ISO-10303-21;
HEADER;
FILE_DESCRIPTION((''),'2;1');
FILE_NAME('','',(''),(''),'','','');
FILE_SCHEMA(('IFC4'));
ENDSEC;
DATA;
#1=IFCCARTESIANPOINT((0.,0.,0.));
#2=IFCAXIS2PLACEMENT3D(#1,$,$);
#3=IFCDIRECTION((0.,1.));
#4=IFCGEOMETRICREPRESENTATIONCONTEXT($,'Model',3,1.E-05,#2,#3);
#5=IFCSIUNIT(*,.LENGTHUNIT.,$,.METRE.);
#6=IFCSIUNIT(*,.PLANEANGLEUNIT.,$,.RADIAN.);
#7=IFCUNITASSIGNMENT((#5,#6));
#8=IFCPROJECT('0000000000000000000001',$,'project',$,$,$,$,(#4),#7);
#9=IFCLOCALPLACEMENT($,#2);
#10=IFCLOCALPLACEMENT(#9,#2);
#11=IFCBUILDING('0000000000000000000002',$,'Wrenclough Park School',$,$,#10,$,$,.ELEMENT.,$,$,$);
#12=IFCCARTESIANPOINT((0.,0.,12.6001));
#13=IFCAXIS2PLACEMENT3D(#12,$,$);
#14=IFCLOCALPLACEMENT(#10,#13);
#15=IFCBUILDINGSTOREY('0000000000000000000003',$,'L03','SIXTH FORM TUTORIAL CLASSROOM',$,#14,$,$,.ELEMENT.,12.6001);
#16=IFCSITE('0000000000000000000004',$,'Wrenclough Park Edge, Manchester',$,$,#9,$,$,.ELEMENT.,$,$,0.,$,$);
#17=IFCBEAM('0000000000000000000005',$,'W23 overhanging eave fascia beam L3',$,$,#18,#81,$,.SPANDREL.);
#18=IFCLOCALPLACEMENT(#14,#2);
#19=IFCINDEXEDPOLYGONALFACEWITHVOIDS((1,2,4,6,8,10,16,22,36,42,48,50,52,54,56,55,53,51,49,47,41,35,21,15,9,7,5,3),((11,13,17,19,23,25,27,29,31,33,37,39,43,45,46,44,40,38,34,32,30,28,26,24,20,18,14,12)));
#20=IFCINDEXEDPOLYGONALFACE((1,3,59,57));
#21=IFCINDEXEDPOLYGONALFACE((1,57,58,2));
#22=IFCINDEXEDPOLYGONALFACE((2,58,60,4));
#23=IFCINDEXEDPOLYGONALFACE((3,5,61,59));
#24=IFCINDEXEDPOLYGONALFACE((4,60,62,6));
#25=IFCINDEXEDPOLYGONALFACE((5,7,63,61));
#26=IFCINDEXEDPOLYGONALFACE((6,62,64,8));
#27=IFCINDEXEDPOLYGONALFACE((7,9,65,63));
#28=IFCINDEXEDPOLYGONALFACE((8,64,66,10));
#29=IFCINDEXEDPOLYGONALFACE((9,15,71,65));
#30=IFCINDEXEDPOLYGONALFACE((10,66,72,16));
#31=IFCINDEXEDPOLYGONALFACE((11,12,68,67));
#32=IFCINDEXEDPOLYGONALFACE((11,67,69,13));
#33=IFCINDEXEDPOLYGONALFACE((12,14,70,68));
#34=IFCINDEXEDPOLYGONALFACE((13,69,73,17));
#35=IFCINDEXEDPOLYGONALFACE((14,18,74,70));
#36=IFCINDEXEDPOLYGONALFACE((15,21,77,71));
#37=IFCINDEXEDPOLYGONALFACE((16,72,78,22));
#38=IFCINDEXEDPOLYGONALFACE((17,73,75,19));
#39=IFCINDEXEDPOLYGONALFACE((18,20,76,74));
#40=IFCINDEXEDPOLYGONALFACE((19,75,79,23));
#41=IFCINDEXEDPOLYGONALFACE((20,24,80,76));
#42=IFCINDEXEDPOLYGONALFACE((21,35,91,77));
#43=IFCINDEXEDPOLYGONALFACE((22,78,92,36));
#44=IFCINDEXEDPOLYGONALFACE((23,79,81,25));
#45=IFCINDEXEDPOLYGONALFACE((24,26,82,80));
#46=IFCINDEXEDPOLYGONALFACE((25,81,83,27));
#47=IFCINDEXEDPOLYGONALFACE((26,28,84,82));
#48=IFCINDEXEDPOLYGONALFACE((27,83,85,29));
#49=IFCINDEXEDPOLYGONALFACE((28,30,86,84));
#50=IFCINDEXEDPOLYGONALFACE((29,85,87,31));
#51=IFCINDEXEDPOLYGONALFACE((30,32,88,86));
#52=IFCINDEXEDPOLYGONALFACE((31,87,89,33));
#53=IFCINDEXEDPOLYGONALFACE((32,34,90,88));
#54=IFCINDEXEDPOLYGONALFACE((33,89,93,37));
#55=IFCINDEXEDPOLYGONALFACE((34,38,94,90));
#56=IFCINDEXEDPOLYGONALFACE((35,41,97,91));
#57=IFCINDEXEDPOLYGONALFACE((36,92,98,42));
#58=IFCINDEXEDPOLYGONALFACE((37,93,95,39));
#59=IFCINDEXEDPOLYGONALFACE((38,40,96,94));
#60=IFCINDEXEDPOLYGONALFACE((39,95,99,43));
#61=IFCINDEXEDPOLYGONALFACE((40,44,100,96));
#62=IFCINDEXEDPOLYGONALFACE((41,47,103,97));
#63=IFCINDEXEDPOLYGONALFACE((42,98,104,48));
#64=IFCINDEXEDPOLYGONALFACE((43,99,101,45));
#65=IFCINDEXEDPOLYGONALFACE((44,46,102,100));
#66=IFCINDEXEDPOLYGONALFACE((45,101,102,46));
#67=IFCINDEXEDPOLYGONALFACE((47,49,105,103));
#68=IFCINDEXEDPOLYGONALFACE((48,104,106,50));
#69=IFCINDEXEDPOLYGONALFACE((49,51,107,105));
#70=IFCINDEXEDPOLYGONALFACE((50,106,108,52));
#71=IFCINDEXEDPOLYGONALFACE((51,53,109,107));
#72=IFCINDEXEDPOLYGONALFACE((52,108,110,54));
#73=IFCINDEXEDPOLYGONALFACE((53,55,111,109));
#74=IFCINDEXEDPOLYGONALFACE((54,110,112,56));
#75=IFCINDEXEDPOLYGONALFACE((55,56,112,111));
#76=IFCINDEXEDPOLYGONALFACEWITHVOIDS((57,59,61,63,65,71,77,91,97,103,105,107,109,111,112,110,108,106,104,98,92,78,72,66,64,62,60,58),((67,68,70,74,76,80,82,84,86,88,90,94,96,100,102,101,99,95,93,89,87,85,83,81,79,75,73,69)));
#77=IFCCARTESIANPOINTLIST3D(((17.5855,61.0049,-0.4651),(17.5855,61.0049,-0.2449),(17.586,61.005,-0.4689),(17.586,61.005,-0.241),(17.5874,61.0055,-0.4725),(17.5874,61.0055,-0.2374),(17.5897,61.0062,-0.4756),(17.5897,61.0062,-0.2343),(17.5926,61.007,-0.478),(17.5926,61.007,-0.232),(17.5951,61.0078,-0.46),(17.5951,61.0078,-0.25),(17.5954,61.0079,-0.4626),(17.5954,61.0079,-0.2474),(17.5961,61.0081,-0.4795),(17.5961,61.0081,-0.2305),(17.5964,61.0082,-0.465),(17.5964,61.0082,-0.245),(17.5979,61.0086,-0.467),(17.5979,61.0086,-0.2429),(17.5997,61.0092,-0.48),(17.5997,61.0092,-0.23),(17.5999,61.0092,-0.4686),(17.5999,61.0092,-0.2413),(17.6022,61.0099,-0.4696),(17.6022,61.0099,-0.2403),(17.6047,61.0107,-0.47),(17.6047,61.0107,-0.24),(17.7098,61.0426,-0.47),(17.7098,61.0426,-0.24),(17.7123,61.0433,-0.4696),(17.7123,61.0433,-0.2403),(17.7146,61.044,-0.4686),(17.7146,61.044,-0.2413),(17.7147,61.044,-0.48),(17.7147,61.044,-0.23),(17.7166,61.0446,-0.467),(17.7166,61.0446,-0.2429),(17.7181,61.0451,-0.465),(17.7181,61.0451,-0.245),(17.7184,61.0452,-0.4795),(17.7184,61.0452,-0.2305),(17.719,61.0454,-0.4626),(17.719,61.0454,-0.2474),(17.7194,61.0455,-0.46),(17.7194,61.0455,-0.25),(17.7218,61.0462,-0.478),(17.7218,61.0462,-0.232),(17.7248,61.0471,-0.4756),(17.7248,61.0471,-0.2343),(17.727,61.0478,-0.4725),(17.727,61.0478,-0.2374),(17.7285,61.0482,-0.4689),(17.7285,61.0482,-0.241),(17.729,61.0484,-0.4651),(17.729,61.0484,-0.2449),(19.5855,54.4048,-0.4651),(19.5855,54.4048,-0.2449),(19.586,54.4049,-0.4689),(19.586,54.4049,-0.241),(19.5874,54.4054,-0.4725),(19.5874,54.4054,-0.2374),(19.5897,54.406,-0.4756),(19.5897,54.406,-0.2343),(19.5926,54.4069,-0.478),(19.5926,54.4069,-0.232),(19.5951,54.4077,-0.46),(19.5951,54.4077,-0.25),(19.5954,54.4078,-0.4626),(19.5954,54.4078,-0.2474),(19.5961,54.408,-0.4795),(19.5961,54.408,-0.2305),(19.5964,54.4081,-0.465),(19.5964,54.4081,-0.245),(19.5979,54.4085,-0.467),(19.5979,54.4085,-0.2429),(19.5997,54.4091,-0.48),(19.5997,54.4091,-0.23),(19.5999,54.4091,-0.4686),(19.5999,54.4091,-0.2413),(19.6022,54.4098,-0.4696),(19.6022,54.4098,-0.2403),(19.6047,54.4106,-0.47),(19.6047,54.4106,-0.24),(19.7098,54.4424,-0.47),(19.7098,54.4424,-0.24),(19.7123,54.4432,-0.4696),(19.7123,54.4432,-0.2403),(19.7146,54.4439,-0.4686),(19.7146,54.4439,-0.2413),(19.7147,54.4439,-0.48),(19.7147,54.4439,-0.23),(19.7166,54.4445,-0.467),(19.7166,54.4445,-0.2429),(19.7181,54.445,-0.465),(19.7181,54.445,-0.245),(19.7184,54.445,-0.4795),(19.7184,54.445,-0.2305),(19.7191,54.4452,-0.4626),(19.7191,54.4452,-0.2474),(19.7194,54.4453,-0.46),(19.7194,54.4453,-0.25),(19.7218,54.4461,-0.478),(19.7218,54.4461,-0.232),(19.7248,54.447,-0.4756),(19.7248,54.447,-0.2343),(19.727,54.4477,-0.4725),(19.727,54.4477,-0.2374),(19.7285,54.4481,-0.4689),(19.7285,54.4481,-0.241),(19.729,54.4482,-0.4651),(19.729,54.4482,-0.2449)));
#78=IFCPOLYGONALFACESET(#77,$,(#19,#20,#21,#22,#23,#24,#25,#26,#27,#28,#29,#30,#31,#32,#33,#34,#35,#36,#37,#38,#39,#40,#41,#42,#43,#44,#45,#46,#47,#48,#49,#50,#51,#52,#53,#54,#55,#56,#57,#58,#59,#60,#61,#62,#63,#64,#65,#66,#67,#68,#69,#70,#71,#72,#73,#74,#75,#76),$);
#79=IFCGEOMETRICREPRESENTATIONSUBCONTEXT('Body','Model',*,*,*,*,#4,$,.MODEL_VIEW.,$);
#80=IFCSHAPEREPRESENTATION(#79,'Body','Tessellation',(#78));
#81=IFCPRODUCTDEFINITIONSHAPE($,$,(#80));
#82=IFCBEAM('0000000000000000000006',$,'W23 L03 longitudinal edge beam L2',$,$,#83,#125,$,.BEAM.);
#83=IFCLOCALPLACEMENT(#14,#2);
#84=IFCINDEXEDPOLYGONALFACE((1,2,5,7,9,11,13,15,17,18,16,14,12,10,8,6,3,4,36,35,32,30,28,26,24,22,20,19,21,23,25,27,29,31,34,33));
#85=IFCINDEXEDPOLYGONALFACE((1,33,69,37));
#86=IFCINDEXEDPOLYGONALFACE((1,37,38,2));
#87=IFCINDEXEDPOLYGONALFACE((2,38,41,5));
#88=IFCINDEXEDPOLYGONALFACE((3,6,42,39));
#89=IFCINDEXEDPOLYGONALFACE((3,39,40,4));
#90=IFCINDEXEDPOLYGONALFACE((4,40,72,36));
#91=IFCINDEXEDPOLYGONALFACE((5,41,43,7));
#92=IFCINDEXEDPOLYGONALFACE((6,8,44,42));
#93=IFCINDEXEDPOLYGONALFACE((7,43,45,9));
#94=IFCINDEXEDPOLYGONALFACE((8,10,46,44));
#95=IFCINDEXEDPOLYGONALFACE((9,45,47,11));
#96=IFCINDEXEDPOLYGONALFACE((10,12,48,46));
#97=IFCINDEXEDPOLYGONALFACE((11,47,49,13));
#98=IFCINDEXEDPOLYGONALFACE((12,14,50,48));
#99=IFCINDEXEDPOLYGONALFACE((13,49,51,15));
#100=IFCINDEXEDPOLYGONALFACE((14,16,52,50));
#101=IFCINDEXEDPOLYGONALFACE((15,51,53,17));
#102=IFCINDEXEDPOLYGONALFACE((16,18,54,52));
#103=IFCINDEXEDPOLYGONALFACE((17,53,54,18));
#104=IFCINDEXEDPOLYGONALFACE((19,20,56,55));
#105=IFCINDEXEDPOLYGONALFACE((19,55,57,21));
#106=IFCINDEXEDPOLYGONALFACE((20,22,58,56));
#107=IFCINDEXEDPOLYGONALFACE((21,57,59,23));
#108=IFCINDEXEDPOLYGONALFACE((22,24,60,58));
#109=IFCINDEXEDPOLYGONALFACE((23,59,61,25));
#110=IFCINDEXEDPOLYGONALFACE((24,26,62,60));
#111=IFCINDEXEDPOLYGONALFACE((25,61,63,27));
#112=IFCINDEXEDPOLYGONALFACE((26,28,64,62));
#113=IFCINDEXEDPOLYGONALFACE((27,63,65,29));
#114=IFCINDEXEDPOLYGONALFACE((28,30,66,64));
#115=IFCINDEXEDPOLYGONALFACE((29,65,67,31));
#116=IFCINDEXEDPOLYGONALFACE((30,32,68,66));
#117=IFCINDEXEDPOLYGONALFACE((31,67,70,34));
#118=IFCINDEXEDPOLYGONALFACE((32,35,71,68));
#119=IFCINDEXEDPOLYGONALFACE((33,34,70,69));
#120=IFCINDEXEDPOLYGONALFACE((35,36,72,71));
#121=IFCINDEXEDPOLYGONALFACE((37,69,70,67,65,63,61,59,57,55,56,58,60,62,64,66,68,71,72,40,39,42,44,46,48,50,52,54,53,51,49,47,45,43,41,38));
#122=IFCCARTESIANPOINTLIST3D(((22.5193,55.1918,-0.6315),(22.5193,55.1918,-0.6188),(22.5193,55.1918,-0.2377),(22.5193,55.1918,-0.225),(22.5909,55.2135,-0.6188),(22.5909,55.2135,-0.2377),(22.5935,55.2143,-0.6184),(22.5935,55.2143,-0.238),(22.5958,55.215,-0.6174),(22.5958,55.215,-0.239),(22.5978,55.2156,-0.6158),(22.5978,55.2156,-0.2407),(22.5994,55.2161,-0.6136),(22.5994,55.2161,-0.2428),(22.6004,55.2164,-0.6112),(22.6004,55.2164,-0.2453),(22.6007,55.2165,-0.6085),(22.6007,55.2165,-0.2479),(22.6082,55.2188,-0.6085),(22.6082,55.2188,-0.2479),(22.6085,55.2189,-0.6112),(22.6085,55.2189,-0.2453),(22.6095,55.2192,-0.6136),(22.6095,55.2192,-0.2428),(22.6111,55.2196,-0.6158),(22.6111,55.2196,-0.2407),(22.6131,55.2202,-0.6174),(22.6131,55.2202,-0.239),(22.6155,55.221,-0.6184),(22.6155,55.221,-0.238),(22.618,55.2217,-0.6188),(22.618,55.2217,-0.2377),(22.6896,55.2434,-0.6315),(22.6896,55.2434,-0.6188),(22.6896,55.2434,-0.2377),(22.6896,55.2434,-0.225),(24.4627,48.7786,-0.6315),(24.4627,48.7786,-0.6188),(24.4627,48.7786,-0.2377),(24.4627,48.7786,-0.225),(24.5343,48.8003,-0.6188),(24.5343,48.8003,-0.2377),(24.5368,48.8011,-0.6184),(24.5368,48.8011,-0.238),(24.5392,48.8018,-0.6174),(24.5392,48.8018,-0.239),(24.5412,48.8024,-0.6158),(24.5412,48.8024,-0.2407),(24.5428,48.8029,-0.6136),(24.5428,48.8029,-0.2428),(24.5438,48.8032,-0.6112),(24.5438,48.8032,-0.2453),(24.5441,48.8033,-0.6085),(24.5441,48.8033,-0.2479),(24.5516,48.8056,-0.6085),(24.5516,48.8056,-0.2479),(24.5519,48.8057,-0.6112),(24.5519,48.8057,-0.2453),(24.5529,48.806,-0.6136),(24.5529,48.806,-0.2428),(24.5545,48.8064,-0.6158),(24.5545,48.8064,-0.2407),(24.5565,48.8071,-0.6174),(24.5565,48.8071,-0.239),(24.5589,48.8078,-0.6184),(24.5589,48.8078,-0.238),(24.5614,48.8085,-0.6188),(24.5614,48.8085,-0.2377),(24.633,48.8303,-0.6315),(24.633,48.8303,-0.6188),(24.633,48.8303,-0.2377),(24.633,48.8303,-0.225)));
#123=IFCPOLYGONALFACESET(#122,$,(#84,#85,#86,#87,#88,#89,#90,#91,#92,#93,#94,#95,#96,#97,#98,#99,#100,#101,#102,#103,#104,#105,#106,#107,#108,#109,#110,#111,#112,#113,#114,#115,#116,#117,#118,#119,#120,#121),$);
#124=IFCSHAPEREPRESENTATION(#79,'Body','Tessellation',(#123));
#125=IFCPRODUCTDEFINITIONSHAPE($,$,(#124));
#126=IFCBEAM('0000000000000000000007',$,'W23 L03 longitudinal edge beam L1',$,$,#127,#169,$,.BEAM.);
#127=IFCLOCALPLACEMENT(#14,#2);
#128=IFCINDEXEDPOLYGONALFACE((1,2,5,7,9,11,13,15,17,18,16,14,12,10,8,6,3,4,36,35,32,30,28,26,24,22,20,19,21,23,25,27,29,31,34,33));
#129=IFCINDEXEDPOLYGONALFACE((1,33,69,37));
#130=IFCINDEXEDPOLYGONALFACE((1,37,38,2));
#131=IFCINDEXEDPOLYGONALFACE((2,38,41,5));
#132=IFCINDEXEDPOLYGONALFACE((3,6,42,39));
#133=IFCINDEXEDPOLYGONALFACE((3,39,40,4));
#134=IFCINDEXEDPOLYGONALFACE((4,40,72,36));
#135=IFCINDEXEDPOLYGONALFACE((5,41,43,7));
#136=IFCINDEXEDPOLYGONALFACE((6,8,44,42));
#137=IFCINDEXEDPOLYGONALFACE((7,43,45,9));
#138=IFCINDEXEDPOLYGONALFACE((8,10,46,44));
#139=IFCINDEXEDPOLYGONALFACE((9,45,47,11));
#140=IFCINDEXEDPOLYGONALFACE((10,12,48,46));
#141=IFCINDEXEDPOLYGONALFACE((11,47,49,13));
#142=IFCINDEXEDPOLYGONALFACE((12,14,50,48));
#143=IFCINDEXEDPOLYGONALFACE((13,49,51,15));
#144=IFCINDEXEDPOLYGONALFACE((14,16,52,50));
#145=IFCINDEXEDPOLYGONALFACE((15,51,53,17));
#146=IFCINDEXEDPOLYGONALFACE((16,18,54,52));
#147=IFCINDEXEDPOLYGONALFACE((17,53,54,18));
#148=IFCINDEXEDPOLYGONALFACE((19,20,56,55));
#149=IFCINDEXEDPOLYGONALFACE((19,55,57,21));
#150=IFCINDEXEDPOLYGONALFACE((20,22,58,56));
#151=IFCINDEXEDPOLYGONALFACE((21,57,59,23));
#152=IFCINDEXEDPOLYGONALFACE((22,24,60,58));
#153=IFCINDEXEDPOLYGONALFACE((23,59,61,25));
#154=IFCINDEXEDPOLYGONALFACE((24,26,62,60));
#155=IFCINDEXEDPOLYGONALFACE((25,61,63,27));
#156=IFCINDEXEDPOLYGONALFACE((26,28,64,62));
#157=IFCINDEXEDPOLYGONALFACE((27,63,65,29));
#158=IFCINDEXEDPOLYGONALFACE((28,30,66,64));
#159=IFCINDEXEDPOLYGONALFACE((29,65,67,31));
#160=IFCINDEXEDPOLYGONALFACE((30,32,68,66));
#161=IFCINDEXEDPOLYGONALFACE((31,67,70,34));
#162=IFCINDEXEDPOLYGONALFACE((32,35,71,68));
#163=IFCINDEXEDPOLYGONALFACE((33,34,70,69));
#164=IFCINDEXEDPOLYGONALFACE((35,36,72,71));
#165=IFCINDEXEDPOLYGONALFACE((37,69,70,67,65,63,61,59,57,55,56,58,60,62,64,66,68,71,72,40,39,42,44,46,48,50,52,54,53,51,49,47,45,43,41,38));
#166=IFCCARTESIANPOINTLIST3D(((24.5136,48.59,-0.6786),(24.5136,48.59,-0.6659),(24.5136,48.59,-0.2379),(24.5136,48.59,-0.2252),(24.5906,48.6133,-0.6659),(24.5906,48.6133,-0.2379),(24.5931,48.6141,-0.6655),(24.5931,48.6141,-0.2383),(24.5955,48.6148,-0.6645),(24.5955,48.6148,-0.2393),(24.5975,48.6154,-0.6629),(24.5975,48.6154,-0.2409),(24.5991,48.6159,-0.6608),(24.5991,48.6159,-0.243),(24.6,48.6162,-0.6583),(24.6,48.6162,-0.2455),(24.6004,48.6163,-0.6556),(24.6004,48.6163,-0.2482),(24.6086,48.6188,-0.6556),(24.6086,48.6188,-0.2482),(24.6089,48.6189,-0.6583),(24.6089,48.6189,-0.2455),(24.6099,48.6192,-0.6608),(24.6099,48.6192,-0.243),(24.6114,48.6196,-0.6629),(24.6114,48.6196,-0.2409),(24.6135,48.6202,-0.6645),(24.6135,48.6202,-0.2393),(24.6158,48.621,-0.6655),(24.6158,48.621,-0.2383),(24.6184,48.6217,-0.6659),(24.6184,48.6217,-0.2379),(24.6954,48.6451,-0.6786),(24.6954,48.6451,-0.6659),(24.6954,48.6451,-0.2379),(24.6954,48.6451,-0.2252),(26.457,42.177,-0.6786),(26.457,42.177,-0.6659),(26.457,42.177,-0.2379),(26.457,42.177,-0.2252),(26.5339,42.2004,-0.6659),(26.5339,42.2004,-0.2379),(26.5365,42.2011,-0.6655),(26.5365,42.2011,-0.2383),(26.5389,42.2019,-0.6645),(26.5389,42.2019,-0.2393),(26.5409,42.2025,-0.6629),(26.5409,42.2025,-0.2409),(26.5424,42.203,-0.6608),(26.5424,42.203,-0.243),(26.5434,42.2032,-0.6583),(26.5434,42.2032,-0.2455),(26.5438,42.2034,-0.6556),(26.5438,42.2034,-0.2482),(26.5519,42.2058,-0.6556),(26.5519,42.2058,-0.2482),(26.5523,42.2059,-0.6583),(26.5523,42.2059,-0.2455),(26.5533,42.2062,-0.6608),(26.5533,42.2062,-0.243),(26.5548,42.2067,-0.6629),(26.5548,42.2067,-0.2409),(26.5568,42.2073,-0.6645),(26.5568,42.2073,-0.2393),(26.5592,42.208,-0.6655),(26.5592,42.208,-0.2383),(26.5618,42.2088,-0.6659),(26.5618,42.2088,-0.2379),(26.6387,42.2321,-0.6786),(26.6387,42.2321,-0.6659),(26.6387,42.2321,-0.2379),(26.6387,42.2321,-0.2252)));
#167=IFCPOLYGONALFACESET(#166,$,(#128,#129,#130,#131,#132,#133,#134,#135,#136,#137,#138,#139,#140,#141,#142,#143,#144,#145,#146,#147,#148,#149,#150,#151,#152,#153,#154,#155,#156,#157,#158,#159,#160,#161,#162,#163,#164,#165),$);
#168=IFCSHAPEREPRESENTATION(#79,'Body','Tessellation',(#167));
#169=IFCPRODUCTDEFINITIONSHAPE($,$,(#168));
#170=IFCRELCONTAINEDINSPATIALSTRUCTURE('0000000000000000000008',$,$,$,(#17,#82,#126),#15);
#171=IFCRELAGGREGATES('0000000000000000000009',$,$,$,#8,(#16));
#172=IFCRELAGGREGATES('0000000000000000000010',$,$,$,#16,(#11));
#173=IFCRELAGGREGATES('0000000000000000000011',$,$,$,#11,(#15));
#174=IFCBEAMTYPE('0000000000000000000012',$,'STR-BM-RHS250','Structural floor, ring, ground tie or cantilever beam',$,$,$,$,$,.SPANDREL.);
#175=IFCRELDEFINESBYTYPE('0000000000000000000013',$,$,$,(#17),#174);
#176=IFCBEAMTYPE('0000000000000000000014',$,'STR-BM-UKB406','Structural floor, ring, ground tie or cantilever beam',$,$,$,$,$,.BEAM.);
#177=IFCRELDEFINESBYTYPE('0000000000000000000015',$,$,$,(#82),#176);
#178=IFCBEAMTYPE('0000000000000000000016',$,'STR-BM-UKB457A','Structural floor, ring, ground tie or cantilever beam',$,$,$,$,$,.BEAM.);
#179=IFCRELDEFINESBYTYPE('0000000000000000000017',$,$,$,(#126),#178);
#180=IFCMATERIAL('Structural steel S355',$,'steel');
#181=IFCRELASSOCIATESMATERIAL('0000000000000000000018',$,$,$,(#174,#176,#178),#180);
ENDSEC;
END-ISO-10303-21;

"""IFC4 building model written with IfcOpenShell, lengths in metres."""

from ifc_helpers import new_model, si_unit, direction, frame, origin, origin_2d, place, context, subcontext, project, spatial, hollow_rectangle, i_section, extrude, material, material_profile, profile_set, type_object, element, save


model = new_model("IFC4")

# Units and contexts
model_context = context("Model", 3, precision=1e-05, world=origin(), true_north=direction((0.0, 1.0)))
body_context = subcontext(model_context, "Body", "Model", "MODEL_VIEW")
ifc_project = project(units=[si_unit("LENGTHUNIT", "METRE"), si_unit("PLANEANGLEUNIT", "RADIAN")], contexts=[model_context])

# Site, building, storey
site_placement = place(None, origin())
site = spatial("IfcSite", under=ifc_project, at=site_placement, Name="Wrenclough Park Edge, Manchester", CompositionType="ELEMENT", RefElevation=0.0)
building_placement = place(site_placement, origin())
building = spatial("IfcBuilding", under=site, at=building_placement, Name="Wrenclough Park School", CompositionType="ELEMENT")
storey_placement = place(building_placement, frame((0.0, 0.0, 12.6001)))
storey = spatial("IfcBuildingStorey", under=building, at=storey_placement, Name="L03", Description="SIXTH FORM TUTORIAL CLASSROOM", CompositionType="ELEMENT", Elevation=12.6001)

# Beams
ifc_material_1 = material(Name="Structural steel S355", Category="steel")
ifc_material_profile_1 = material_profile(ifc_material_1, hollow_rectangle(XDim=0.1499, YDim=0.25, WallThickness=0.01, InnerFilletRadius=0.01, OuterFilletRadius=0.0149, at=origin_2d()), Name="RHS 250x150x10.0")
ifc_profile_set_1 = profile_set([ifc_material_profile_1], Name="Structural steel S355")
beam_type_1 = type_object("IfcBeamType", Name="STR-BM-RHS250", Description="Structural floor, ring, ground tie or cantilever beam", PredefinedType="SPANDREL", material=ifc_profile_set_1)
for number, where, z_axis, x_axis, name in (
    (1, (19.6572, 54.4265, -0.355), (-0.290003, 0.957026, 0.0), (-0.957026, -0.290003, 0.0), "W23 overhanging eave fascia beam L3"),
):
    element("IfcBeam", number, at=place(storey_placement, frame(where, z_axis=z_axis, x_axis=x_axis)), inside=storey, type_object=beam_type_1, Name=name, PredefinedType="SPANDREL", context=body_context, shape_type="SweptSolid", body=[
        extrude(hollow_rectangle(XDim=0.1499, YDim=0.25, WallThickness=0.01, InnerFilletRadius=0.01, OuterFilletRadius=0.0149, at=origin_2d()), origin(), (0.0, 0.0, 1.0), 6.8965),
    ])
ifc_material_profile_2 = material_profile(ifc_material_1, i_section(OverallWidth=0.178, OverallDepth=0.4065, WebThickness=0.0078, FlangeThickness=0.0127, FilletRadius=0.0103, at=origin_2d()), Name="UKB 406x178x60")
ifc_profile_set_2 = profile_set([ifc_material_profile_2], Name="Structural steel S355")
beam_type_2 = type_object("IfcBeamType", Name="STR-BM-UKB406", Description="Structural floor, ring, ground tie or cantilever beam", PredefinedType="BEAM", material=ifc_profile_set_2)
beam_1_placement = place(storey_placement, frame((24.5479, 48.8044, -0.4282), z_axis=(-0.290007, 0.957024, 0.0), x_axis=(-0.957024, -0.290007, 0.0)))
element("IfcBeam", 2, at=beam_1_placement, inside=storey, type_object=beam_type_2, Name="W23 L03 longitudinal edge beam L2", PredefinedType="BEAM", context=body_context, shape_type="SweptSolid", body=[
    extrude(i_section(OverallWidth=0.178, OverallDepth=0.4065, WebThickness=0.0078, FlangeThickness=0.0127, FilletRadius=0.0103, at=origin_2d()), origin(), (0.0, 0.0, 1.0), 6.7012),
])
ifc_material_profile_3 = material_profile(ifc_material_1, i_section(OverallWidth=0.1899, OverallDepth=0.4534, WebThickness=0.0085, FlangeThickness=0.0127, FilletRadius=0.0103, at=origin_2d()), Name="UKB 457x191x67")
ifc_profile_set_3 = profile_set([ifc_material_profile_3], Name="Structural steel S355")
beam_type_3 = type_object("IfcBeamType", Name="STR-BM-UKB457A", Description="Structural floor, ring, ground tie or cantilever beam", PredefinedType="BEAM", material=ifc_profile_set_3)
for number, where, z_axis, x_axis, name in (
    (3, (26.5479, 42.2046, -0.4519), (-0.290018, 0.957021, 0.0), (-0.957021, -0.290018, 0.0), "W23 L03 longitudinal edge beam L1"),
):
    element("IfcBeam", number, at=place(storey_placement, frame(where, z_axis=z_axis, x_axis=x_axis)), inside=storey, type_object=beam_type_3, Name=name, PredefinedType="BEAM", context=body_context, shape_type="SweptSolid", body=[
        extrude(i_section(OverallWidth=0.1899, OverallDepth=0.4534, WebThickness=0.0085, FlangeThickness=0.0127, FilletRadius=0.0103, at=origin_2d()), origin(), (0.0, 0.0, 1.0), 6.7009),
    ])

save(model, "model.ifc")
